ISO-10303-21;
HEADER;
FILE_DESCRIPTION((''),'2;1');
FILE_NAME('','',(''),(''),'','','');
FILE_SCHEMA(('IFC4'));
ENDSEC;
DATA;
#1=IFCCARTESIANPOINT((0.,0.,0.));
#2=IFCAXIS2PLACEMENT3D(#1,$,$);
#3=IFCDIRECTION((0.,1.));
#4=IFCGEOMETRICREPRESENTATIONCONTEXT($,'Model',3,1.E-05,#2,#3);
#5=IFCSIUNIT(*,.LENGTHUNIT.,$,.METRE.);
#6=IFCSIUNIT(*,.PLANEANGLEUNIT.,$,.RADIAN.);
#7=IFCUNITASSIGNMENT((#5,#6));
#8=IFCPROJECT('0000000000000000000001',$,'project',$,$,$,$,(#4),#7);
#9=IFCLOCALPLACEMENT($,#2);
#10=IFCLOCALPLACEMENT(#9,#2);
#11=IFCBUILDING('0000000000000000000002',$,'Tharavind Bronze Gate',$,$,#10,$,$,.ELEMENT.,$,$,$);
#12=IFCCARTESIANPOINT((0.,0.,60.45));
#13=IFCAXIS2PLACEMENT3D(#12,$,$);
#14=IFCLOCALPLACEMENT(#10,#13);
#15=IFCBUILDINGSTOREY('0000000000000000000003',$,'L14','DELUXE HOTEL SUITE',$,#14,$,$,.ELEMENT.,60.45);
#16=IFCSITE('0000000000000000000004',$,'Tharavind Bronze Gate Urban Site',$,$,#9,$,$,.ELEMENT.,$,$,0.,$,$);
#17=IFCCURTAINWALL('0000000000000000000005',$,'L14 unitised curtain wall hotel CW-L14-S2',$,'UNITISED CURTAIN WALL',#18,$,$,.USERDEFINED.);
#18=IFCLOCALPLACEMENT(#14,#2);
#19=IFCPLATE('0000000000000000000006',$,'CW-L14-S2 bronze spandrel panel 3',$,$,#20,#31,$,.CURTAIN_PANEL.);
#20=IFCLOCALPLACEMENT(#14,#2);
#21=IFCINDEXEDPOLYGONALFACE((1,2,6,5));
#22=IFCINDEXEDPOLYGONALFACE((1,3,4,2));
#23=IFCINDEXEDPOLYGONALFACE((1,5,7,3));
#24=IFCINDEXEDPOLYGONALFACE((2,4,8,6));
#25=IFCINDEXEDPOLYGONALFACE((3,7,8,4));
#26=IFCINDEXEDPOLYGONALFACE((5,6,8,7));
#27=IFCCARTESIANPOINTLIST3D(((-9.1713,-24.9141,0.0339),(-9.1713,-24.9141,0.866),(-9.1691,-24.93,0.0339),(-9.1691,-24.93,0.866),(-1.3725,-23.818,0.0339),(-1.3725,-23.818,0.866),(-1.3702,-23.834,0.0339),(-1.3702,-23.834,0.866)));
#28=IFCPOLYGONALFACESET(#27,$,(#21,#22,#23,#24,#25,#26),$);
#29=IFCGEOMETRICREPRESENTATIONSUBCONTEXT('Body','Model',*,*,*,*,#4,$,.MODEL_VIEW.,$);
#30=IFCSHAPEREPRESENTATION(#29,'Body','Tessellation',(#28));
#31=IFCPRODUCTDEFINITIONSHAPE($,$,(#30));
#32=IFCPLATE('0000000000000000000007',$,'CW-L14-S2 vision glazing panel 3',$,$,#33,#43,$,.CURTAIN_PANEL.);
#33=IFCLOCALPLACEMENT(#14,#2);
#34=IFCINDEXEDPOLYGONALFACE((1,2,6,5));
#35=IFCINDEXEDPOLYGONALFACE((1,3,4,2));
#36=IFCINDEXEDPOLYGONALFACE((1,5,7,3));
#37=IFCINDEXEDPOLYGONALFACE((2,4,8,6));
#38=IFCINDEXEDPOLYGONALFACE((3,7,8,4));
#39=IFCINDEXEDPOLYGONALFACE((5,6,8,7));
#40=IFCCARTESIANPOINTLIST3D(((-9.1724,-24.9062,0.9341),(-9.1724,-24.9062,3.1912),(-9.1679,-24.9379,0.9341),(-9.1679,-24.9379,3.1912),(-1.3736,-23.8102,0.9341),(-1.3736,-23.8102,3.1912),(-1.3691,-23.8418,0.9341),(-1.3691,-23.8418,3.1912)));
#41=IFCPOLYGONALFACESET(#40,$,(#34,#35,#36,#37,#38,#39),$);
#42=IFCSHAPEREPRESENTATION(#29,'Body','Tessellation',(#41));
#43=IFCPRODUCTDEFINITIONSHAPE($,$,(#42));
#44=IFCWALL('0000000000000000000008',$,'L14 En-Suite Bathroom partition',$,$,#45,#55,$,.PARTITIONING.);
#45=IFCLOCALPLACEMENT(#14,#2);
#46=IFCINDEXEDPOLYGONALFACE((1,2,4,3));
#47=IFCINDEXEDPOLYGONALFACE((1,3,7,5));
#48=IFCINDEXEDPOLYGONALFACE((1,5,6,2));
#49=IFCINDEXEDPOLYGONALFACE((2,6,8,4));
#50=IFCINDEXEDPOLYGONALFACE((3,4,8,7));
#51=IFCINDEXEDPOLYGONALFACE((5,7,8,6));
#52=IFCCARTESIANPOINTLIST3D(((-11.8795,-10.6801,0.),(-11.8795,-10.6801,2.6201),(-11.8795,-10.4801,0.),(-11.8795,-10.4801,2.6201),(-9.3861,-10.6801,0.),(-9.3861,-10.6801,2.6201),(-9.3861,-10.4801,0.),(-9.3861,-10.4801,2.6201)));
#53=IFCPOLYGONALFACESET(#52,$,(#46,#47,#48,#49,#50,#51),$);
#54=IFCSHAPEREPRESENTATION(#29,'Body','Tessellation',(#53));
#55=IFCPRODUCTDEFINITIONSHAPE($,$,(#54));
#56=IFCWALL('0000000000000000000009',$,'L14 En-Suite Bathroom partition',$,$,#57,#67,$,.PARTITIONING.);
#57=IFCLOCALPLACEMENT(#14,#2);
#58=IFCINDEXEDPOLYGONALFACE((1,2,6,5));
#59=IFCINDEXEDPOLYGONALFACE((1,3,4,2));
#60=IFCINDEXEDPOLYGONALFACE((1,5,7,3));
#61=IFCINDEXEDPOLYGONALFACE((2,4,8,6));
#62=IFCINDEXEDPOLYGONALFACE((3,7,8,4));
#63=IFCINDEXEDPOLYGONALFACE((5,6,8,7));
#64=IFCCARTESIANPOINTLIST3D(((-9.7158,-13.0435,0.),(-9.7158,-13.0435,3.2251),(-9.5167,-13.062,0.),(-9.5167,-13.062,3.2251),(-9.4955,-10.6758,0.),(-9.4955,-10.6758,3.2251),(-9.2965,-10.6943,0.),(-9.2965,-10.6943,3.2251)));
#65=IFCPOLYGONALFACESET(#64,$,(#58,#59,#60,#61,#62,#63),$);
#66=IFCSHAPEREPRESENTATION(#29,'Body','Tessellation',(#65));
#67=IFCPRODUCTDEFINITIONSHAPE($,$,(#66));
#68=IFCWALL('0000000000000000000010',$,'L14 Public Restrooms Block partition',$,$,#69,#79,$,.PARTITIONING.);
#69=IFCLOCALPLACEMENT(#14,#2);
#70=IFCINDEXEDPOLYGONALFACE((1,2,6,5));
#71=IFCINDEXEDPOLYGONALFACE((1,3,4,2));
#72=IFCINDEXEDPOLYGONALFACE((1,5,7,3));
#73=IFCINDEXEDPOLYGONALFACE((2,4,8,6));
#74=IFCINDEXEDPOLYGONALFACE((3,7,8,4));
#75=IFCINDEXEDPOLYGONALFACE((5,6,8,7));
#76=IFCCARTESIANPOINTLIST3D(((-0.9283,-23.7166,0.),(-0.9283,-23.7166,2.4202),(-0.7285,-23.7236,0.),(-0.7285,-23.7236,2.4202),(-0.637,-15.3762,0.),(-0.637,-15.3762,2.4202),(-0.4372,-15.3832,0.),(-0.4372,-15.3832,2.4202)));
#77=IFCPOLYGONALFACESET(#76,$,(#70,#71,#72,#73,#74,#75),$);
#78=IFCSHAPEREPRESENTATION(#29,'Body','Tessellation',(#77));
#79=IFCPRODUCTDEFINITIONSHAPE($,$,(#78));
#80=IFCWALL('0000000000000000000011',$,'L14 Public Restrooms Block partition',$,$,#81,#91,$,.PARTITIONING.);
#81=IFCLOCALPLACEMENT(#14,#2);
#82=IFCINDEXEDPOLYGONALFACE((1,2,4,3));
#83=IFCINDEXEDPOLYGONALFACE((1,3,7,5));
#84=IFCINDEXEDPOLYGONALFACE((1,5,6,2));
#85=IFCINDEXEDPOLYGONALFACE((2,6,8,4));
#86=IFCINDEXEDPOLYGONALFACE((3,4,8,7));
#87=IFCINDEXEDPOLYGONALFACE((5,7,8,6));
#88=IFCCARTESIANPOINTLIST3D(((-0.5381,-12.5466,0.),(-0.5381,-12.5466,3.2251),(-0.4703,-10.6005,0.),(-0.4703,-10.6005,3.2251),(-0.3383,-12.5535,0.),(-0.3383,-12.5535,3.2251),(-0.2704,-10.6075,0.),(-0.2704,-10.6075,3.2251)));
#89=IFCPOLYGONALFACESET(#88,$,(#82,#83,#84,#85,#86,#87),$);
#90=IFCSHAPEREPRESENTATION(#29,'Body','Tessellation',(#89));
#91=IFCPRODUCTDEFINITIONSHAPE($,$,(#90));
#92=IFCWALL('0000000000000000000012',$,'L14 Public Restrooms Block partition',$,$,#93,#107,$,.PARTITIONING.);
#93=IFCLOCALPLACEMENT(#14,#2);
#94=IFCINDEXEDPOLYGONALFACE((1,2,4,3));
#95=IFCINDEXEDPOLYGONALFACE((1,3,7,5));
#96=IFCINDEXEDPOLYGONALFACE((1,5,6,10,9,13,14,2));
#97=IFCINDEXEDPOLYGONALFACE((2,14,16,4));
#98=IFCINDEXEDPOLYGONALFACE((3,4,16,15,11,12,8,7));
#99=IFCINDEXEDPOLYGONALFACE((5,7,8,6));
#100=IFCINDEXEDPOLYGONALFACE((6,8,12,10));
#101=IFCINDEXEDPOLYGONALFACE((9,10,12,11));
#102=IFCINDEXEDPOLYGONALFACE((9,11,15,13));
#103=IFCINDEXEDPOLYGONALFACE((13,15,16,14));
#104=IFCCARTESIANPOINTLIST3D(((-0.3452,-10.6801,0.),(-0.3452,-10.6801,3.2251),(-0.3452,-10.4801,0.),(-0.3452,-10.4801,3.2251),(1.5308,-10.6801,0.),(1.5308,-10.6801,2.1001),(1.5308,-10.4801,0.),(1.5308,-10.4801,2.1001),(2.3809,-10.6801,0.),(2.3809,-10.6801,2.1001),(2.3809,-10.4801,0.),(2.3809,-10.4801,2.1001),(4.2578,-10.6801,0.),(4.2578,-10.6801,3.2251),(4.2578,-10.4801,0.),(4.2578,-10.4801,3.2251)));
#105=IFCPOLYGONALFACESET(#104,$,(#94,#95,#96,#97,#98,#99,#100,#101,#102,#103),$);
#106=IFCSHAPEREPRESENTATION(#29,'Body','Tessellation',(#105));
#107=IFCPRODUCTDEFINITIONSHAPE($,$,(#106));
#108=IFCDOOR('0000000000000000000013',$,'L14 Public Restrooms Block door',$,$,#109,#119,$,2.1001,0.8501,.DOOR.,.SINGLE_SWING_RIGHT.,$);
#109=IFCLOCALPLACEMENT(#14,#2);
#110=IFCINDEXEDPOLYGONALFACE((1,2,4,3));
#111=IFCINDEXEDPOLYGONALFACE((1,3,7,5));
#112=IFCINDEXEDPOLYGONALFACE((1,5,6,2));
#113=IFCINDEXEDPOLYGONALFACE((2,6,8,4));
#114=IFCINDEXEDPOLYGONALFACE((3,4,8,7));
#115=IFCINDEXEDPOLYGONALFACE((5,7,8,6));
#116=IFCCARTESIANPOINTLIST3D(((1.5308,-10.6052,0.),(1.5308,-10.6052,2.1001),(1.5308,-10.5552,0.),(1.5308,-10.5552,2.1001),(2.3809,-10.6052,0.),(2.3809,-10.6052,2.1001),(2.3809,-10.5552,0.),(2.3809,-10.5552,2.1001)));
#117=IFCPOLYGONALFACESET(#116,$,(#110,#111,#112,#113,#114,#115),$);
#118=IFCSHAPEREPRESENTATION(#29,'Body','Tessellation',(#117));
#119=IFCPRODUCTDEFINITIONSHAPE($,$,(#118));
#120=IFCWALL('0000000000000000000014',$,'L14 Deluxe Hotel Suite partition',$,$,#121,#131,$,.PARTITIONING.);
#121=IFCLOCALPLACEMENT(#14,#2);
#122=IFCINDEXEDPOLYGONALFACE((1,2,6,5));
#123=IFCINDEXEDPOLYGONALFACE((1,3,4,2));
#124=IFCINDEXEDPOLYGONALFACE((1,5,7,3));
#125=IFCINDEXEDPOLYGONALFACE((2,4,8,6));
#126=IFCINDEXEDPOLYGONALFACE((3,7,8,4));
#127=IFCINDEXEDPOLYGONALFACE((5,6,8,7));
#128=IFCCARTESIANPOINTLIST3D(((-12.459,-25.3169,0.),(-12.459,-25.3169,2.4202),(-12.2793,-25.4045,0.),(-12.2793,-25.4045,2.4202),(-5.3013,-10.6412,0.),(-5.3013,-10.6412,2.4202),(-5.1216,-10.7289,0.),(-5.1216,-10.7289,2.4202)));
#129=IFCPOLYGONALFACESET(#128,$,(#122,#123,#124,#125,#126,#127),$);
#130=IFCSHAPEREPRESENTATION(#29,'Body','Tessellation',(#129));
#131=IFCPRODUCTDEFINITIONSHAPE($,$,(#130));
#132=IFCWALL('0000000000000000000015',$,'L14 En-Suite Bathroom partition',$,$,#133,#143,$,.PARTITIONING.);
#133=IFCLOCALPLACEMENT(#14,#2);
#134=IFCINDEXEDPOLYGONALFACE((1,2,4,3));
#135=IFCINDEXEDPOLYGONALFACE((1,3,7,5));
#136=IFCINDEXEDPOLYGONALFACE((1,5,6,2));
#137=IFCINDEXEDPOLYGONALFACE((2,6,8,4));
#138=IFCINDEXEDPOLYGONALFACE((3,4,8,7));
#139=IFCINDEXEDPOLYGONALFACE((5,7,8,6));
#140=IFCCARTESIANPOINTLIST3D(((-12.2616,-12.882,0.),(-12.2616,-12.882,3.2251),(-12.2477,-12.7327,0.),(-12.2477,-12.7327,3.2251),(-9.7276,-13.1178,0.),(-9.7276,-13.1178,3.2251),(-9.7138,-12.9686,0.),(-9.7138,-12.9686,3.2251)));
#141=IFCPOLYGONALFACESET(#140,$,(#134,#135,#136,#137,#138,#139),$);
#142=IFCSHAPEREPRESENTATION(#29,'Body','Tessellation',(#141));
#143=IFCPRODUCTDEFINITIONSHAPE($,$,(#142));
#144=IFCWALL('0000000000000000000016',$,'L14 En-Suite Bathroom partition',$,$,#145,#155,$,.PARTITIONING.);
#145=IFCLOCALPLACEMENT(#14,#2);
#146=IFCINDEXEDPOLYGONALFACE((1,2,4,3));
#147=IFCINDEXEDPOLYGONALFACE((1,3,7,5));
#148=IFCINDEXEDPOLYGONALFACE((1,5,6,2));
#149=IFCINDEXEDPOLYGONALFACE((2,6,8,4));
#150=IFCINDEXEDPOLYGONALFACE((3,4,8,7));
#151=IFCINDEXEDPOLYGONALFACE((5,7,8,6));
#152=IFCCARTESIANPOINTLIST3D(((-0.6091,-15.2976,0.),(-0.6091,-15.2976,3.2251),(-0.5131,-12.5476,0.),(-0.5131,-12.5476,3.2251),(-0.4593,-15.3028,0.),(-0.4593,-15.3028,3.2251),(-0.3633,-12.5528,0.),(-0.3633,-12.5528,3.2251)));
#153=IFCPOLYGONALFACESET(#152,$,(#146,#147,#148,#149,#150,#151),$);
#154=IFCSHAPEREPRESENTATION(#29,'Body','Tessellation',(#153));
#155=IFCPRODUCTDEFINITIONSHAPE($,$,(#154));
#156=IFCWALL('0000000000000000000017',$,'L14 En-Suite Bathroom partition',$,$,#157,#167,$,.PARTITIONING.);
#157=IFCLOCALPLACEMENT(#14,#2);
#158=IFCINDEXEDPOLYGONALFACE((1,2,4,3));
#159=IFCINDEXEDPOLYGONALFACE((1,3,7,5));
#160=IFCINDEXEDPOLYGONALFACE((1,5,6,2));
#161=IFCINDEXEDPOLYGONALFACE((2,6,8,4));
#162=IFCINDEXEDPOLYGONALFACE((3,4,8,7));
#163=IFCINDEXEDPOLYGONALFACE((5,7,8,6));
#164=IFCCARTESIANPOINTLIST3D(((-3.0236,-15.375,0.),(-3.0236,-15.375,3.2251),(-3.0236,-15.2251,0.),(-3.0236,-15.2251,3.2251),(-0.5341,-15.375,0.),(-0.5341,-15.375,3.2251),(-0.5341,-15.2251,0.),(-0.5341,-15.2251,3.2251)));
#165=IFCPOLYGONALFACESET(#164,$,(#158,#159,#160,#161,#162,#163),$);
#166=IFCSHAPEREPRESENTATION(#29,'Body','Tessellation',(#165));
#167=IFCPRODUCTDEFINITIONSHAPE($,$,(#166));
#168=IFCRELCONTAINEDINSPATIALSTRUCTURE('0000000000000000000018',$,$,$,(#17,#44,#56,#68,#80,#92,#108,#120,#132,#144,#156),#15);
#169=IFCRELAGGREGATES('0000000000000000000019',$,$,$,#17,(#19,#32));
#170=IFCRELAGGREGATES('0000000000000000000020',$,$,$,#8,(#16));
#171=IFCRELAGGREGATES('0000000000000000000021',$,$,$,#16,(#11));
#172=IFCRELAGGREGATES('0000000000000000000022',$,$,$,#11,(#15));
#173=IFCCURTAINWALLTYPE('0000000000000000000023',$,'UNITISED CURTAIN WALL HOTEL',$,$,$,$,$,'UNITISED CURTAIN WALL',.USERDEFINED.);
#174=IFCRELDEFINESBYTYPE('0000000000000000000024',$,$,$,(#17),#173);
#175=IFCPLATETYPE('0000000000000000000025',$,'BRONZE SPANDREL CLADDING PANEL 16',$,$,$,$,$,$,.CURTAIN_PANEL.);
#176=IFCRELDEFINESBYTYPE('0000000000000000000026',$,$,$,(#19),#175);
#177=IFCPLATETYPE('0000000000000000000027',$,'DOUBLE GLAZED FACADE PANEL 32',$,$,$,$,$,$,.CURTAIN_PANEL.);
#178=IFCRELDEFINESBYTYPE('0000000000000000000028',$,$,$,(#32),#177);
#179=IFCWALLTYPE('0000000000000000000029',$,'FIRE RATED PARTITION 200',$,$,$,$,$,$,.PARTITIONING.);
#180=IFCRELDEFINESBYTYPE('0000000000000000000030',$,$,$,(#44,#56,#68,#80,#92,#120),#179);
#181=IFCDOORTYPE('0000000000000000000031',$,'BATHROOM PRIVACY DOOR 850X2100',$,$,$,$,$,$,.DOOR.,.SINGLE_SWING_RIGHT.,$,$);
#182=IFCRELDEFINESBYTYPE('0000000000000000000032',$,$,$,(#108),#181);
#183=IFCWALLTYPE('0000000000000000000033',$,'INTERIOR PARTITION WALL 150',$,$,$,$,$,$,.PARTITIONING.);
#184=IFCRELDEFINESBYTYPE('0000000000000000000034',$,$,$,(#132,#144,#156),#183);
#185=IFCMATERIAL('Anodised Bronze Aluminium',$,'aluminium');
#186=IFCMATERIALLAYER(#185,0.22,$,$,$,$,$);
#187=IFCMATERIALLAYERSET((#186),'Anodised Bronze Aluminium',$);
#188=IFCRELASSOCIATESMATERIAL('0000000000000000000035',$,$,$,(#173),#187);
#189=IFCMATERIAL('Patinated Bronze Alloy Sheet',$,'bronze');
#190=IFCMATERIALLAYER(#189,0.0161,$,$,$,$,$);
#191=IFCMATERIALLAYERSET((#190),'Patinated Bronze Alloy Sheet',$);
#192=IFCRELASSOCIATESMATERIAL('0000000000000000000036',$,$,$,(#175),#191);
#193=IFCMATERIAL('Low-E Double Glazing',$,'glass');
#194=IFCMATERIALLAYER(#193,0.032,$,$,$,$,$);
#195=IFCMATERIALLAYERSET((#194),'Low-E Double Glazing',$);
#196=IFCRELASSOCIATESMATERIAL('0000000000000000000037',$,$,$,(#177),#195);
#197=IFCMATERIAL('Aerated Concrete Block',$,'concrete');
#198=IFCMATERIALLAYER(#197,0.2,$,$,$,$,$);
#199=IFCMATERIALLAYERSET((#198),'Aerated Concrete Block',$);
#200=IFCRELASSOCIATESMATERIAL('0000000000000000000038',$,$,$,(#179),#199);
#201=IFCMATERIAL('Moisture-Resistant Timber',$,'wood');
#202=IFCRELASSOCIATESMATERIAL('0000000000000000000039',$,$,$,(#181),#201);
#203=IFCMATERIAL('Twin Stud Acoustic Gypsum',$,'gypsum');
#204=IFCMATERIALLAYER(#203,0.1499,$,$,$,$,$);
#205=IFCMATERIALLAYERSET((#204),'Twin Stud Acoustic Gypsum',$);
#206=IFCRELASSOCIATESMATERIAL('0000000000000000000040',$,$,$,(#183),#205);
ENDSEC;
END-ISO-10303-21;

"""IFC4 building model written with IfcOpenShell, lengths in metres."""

from ifc_helpers import new_model, si_unit, direction, frame, frame_2d, origin, origin_2d, place, context, subcontext, project, spatial, rectangle, extrude, material, layer, layer_set, type_object, element, fill, aggregate, save


model = new_model("IFC4")

# Units and contexts
model_context = context("Model", 3, precision=1e-05, world=origin(), true_north=direction((0.0, 1.0)))
body_context = subcontext(model_context, "Body", "Model", "MODEL_VIEW")
ifc_project = project(units=[si_unit("LENGTHUNIT", "METRE"), si_unit("PLANEANGLEUNIT", "RADIAN")], contexts=[model_context])

# Site, building, storey
site_placement = place(None, origin())
site = spatial("IfcSite", under=ifc_project, at=site_placement, Name="Tharavind Bronze Gate Urban Site", CompositionType="ELEMENT", RefElevation=0.0)
building_placement = place(site_placement, origin())
building = spatial("IfcBuilding", under=site, at=building_placement, Name="Tharavind Bronze Gate", CompositionType="ELEMENT")
storey_placement = place(building_placement, frame((0.0, 0.0, 60.45)))
storey = spatial("IfcBuildingStorey", under=building, at=storey_placement, Name="L14", Description="DELUXE HOTEL SUITE", CompositionType="ELEMENT", Elevation=60.45)

# Curtain wall
ifc_material_1 = material(Name="Anodised Bronze Aluminium", Category="aluminium")
ifc_layer_1 = layer(ifc_material_1, 0.22)
ifc_layer_set_1 = layer_set([ifc_layer_1], Name="Anodised Bronze Aluminium")
curtain_wall_type = type_object("IfcCurtainWallType", Name="UNITISED CURTAIN WALL HOTEL", ElementType="UNITISED CURTAIN WALL", PredefinedType="USERDEFINED", material=ifc_layer_set_1)
curtain_wall_placement = place(storey_placement, origin())
curtain_wall = element("IfcCurtainWall", 1, at=curtain_wall_placement, inside=storey, type_object=curtain_wall_type, Name="L14 unitised curtain wall hotel CW-L14-S2", ObjectType="UNITISED CURTAIN WALL", PredefinedType="USERDEFINED")

# Plates
ifc_material_2 = material(Name="Patinated Bronze Alloy Sheet", Category="bronze")
ifc_layer_2 = layer(ifc_material_2, 0.0161)
ifc_layer_set_2 = layer_set([ifc_layer_2], Name="Patinated Bronze Alloy Sheet")
plate_type_1 = type_object("IfcPlateType", Name="BRONZE SPANDREL CLADDING PANEL 16", PredefinedType="CURTAIN_PANEL", material=ifc_layer_set_2)
plate_1_placement = place(storey_placement, frame((-5.2708, -24.374, 0.0339), z_axis=(0.0, 0.0, 1.0), x_axis=(0.990268, 0.139173, 0.0)))
plate_1 = element("IfcPlate", 2, at=plate_1_placement, type_object=plate_type_1, Name="CW-L14-S2 bronze spandrel panel 3", PredefinedType="CURTAIN_PANEL", context=body_context, shape_type="SweptSolid", body=[
    extrude(rectangle(XDim=7.8755, YDim=0.0161, at=origin_2d()), origin(), (0.0, 0.0, 1.0), 0.832),
])
ifc_material_3 = material(Name="Low-E Double Glazing", Category="glass")
ifc_layer_3 = layer(ifc_material_3, 0.032)
ifc_layer_set_3 = layer_set([ifc_layer_3], Name="Low-E Double Glazing")
plate_type_2 = type_object("IfcPlateType", Name="DOUBLE GLAZED FACADE PANEL 32", PredefinedType="CURTAIN_PANEL", material=ifc_layer_set_3)
plate_2_placement = place(storey_placement, frame((-5.2708, -24.374, 0.9341), z_axis=(0.0, 0.0, 1.0), x_axis=(0.990268, 0.139173, 0.0)))
plate_2 = element("IfcPlate", 3, at=plate_2_placement, type_object=plate_type_2, Name="CW-L14-S2 vision glazing panel 3", PredefinedType="CURTAIN_PANEL", context=body_context, shape_type="SweptSolid", body=[
    extrude(rectangle(XDim=7.8755, YDim=0.032, at=origin_2d()), origin(), (0.0, 0.0, 1.0), 2.2571),
])
aggregate(curtain_wall, [plate_1, plate_2])

# Walls
ifc_material_4 = material(Name="Aerated Concrete Block", Category="concrete")
ifc_layer_4 = layer(ifc_material_4, 0.2)
ifc_layer_set_4 = layer_set([ifc_layer_4], Name="Aerated Concrete Block")
wall_type_1 = type_object("IfcWallType", Name="FIRE RATED PARTITION 200", PredefinedType="PARTITIONING", material=ifc_layer_set_4)
wall_1_placement = place(storey_placement, frame((-11.8794, -10.5801, 0.0), z_axis=(0.0, 0.0, 1.0), x_axis=(1.0, 0.0, 0.0)))
element("IfcWall", 4, at=wall_1_placement, inside=storey, type_object=wall_type_1, Name="L14 En-Suite Bathroom partition", PredefinedType="PARTITIONING", context=body_context, shape_type="SweptSolid", body=[
    extrude(rectangle(XDim=2.4934, YDim=0.2, at=frame_2d((1.2466, 0.0))), origin(), (0.0, 0.0, 1.0), 2.6201),
])
wall_2_placement = place(storey_placement, frame((-9.396, -10.6851, 0.0), z_axis=(0.0, 0.0, 1.0), x_axis=(-0.092609, -0.995703, 0.0)))
element("IfcWall", 5, at=wall_2_placement, inside=storey, type_object=wall_type_1, Name="L14 En-Suite Bathroom partition", PredefinedType="PARTITIONING", context=body_context, shape_type="SweptSolid", body=[
    extrude(rectangle(XDim=2.3779, YDim=0.2, at=frame_2d((1.189, 0.0))), origin(), (0.0, 0.0, 1.0), 3.2251),
])
wall_3_placement = place(storey_placement, frame((-0.8284, -23.7202, 0.0), z_axis=(0.0, 0.0, 1.0), x_axis=(0.034901, 0.999391, 0.0)))
element("IfcWall", 6, at=wall_3_placement, inside=storey, type_object=wall_type_1, Name="L14 Public Restrooms Block partition", PredefinedType="PARTITIONING", context=body_context, shape_type="SweptSolid", body=[
    extrude(rectangle(XDim=8.3455, YDim=0.2, at=frame_2d((4.1729, 0.0))), origin(), (0.0, 0.0, 1.0), 2.4202),
])
wall_4_placement = place(storey_placement, frame((-0.4382, -12.55, 0.0), z_axis=(0.0, 0.0, 1.0), x_axis=(0.034855, 0.999392, 0.0)))
element("IfcWall", 7, at=wall_4_placement, inside=storey, type_object=wall_type_1, Name="L14 Public Restrooms Block partition", PredefinedType="PARTITIONING", context=body_context, shape_type="SweptSolid", body=[
    extrude(rectangle(XDim=1.9473, YDim=0.2, at=frame_2d((0.9736, 0.0))), origin(), (0.0, 0.0, 1.0), 3.2251),
])

# Wall, opening, door
wall_5_placement = place(storey_placement, frame((-0.3452, -10.5801, 0.0), z_axis=(0.0, 0.0, 1.0), x_axis=(1.0, 0.0, 0.0)))
wall_5 = element("IfcWall", 8, at=wall_5_placement, inside=storey, type_object=wall_type_1, Name="L14 Public Restrooms Block partition", PredefinedType="PARTITIONING", context=body_context, shape_type="SweptSolid", body=[
    extrude(rectangle(XDim=4.603, YDim=0.2, at=frame_2d((2.3015, 0.0))), origin(), (0.0, 0.0, 1.0), 3.2251),
])
opening_1_placement = place(wall_5_placement, frame((1.876, 0.0, 0.0)))
opening_1 = element("IfcOpeningElement", 9, at=opening_1_placement, cuts=wall_5, PredefinedType="OPENING", context=body_context, shape_type="SweptSolid", body=[
    extrude(rectangle(XDim=0.8501, YDim=2.1001, at=frame_2d((0.425, 1.05))), frame((0.0, 0.1101, 0.0), z_axis=(0.0, -1.0, 0.0), x_axis=(1.0, 0.0, 0.0)), (0.0, 0.0, 1.0), 0.22),
])
ifc_material_5 = material(Name="Moisture-Resistant Timber", Category="wood")
door_type_1 = type_object("IfcDoorType", Name="BATHROOM PRIVACY DOOR 850X2100", OperationType="SINGLE_SWING_RIGHT", PredefinedType="DOOR", material=ifc_material_5)
door_1_placement = place(opening_1_placement, origin())
door_1 = element("IfcDoor", 10, at=door_1_placement, inside=storey, type_object=door_type_1, Name="L14 Public Restrooms Block door", OperationType="SINGLE_SWING_RIGHT", OverallHeight=2.1001, OverallWidth=0.8501, PredefinedType="DOOR", context=body_context, shape_type="SweptSolid", body=[
    extrude(rectangle(XDim=0.8501, YDim=2.1001, at=frame_2d((0.425, 1.05))), frame((0.0, 0.0249, 0.0), z_axis=(0.0, -1.0, 0.0), x_axis=(1.0, 0.0, 0.0)), (0.0, 0.0, 1.0), 0.05),
])
fill(opening_1, door_1)

# Wall
wall_6_placement = place(storey_placement, frame((-5.2114, -10.6851, 0.0), z_axis=(0.0, 0.0, 1.0), x_axis=(-0.43837, -0.898795, 0.0)))
element("IfcWall", 11, at=wall_6_placement, inside=storey, type_object=wall_type_1, Name="L14 Deluxe Hotel Suite partition", PredefinedType="PARTITIONING", context=body_context, shape_type="SweptSolid", body=[
    extrude(rectangle(XDim=16.3281, YDim=0.2, at=frame_2d((8.1641, 0.0))), origin(), (0.0, 0.0, 1.0), 2.4202),
])

# Walls
ifc_material_6 = material(Name="Twin Stud Acoustic Gypsum", Category="gypsum")
ifc_layer_5 = layer(ifc_material_6, 0.1499)
ifc_layer_set_5 = layer_set([ifc_layer_5], Name="Twin Stud Acoustic Gypsum")
wall_type_2 = type_object("IfcWallType", Name="INTERIOR PARTITION WALL 150", PredefinedType="PARTITIONING", material=ifc_layer_set_5)
wall_7_placement = place(storey_placement, frame((-9.7207, -13.0432, 0.0), z_axis=(0.0, 0.0, 1.0), x_axis=(-0.995697, 0.092672, 0.0)))
element("IfcWall", 12, at=wall_7_placement, inside=storey, type_object=wall_type_2, Name="L14 En-Suite Bathroom partition", PredefinedType="PARTITIONING", context=body_context, shape_type="SweptSolid", body=[
    extrude(rectangle(XDim=2.5449, YDim=0.1499, at=frame_2d((1.2725, 0.0))), origin(), (0.0, 0.0, 1.0), 3.2251),
])
wall_8_placement = place(storey_placement, frame((-0.4382, -12.55, 0.0), z_axis=(0.0, 0.0, 1.0), x_axis=(-0.034869, -0.999392, 0.0)))
element("IfcWall", 13, at=wall_8_placement, inside=storey, type_object=wall_type_2, Name="L14 En-Suite Bathroom partition", PredefinedType="PARTITIONING", context=body_context, shape_type="SweptSolid", body=[
    extrude(rectangle(XDim=2.7517, YDim=0.1499, at=frame_2d((1.376, 0.0))), origin(), (0.0, 0.0, 1.0), 3.2251),
])
wall_9_placement = place(storey_placement, frame((-0.5342, -15.3, 0.0), z_axis=(0.0, 0.0, 1.0), x_axis=(-1.0, 0.0, 0.0)))
element("IfcWall", 14, at=wall_9_placement, inside=storey, type_object=wall_type_2, Name="L14 En-Suite Bathroom partition", PredefinedType="PARTITIONING", context=body_context, shape_type="SweptSolid", body=[
    extrude(rectangle(XDim=2.4895, YDim=0.1499, at=frame_2d((1.2446, 0.0))), origin(), (0.0, 0.0, 1.0), 3.2251),
])

save(model, "model.ifc")
